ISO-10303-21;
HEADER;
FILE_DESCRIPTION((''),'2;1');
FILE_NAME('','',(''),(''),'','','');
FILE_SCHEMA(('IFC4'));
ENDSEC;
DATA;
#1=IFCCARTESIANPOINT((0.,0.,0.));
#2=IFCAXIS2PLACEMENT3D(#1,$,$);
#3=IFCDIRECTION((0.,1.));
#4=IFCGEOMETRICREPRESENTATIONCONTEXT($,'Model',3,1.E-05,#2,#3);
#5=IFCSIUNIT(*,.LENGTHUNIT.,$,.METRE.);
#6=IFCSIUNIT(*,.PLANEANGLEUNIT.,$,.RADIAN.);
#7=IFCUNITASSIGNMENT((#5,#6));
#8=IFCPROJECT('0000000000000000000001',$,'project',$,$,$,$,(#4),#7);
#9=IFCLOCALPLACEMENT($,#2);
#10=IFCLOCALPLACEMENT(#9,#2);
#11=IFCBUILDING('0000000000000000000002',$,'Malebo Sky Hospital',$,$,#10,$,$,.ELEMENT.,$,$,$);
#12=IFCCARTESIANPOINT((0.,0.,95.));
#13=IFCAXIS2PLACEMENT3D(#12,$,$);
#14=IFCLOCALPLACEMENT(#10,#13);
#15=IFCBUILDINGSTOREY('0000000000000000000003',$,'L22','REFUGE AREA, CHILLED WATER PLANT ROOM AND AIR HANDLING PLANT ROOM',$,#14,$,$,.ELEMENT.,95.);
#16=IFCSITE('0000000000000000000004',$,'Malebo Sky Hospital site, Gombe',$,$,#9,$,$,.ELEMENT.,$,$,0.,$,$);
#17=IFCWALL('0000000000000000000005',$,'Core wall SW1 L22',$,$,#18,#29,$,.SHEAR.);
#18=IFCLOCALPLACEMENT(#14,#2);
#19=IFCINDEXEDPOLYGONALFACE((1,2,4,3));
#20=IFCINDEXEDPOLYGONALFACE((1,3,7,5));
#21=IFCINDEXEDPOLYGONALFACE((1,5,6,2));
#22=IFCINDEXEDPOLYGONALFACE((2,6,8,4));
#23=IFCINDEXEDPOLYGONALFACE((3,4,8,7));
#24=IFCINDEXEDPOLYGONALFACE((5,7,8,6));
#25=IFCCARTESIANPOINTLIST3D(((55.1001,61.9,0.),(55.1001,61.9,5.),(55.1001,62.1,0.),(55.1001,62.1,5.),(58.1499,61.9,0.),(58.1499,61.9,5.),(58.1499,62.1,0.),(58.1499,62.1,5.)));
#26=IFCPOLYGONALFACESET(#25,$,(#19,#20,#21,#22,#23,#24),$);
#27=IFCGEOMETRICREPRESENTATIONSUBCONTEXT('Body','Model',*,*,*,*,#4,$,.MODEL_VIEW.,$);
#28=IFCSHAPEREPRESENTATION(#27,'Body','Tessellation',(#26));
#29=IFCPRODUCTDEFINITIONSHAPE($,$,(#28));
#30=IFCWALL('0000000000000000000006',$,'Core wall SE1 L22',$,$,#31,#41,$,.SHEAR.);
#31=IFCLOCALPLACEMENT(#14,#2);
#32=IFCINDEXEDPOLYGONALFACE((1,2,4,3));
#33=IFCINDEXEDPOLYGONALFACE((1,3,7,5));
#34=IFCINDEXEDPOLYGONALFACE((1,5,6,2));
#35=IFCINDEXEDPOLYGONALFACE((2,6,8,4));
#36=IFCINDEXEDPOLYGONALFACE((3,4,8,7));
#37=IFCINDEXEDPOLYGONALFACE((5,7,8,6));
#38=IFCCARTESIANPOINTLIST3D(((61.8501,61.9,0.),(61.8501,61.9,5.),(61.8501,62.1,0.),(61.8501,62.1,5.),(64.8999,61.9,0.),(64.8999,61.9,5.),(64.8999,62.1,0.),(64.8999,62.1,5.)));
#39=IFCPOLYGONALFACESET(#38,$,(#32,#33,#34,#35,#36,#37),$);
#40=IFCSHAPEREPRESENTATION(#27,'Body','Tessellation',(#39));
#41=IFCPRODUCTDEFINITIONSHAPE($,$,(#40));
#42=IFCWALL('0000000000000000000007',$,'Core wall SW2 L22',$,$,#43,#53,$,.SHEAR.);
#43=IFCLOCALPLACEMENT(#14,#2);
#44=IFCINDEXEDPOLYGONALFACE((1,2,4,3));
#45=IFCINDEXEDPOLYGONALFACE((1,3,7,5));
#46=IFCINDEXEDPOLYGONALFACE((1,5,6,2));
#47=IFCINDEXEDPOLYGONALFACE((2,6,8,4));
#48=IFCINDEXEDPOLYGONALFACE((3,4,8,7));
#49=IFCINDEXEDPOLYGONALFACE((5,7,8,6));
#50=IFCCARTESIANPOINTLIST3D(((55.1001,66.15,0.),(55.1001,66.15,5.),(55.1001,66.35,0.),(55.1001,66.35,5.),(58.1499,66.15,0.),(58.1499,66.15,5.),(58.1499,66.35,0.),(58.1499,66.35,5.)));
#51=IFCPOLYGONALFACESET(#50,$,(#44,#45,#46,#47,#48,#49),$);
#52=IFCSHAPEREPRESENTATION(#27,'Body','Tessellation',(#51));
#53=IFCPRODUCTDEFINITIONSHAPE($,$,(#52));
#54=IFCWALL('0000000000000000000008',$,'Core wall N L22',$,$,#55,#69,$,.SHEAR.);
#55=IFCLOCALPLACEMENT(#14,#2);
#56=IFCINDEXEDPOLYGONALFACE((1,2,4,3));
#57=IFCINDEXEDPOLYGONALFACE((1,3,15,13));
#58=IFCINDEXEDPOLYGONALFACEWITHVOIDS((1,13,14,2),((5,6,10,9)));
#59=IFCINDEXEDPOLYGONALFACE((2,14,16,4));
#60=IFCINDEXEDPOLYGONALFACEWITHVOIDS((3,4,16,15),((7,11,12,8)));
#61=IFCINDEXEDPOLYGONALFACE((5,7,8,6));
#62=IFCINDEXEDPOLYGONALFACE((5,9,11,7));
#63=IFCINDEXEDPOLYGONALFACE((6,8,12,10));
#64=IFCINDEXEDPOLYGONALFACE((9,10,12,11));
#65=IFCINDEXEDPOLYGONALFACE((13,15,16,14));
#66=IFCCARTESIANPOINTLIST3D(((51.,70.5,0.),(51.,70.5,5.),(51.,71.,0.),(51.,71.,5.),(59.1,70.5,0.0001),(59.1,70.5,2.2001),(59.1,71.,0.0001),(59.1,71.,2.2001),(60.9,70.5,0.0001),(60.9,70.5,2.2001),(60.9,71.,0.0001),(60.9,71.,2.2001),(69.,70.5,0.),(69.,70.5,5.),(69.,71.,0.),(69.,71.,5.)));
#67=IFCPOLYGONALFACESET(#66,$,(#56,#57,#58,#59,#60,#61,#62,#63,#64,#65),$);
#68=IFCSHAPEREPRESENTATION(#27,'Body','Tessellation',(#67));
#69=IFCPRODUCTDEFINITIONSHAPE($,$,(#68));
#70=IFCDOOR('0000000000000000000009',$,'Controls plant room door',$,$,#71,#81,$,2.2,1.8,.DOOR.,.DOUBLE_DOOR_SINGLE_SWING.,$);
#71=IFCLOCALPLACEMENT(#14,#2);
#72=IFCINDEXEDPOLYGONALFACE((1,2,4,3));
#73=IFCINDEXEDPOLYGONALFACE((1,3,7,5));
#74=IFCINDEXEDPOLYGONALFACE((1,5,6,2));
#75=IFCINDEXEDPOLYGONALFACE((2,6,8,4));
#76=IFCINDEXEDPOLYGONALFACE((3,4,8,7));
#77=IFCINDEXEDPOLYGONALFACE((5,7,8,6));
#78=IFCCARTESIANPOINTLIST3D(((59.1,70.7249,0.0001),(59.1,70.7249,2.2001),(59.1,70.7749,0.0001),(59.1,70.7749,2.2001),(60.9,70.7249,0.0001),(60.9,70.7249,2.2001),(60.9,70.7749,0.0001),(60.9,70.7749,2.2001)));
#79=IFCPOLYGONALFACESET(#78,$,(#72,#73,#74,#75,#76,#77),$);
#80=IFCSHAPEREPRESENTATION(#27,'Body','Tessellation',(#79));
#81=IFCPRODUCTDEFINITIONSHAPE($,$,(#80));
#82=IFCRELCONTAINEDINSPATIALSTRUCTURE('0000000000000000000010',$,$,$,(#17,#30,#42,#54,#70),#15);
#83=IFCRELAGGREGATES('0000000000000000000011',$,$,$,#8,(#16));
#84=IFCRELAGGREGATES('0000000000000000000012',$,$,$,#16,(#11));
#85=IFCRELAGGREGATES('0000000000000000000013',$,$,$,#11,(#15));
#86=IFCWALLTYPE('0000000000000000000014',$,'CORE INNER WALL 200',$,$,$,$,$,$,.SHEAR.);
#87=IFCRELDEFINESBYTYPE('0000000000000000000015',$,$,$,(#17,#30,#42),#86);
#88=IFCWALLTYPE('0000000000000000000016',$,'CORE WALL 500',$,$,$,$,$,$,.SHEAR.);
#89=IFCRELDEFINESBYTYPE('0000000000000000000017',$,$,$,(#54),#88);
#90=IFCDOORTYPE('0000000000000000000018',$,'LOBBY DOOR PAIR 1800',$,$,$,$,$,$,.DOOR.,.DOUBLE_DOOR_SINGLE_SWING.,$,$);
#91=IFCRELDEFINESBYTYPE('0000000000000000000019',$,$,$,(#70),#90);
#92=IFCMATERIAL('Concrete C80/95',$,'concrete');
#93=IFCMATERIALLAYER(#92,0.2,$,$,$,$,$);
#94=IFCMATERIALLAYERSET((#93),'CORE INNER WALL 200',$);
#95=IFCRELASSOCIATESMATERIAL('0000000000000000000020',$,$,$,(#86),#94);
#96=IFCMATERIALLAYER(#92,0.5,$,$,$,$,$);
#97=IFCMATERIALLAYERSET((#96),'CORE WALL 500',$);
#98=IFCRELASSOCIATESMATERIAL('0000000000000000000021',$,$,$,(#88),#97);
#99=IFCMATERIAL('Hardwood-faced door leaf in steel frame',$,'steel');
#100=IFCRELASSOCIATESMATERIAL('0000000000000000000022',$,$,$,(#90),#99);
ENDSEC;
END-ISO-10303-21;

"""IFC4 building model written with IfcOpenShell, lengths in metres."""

from ifc_helpers import new_model, si_unit, direction, frame, frame_2d, origin, place, context, subcontext, project, spatial, rectangle, extrude, material, layer, layer_set, type_object, element, fill, save


model = new_model("IFC4")

# Units and contexts
model_context = context("Model", 3, precision=1e-05, world=origin(), true_north=direction((0.0, 1.0)))
body_context = subcontext(model_context, "Body", "Model", "MODEL_VIEW")
ifc_project = project(units=[si_unit("LENGTHUNIT", "METRE"), si_unit("PLANEANGLEUNIT", "RADIAN")], contexts=[model_context])

# Site, building, storey
site_placement = place(None, origin())
site = spatial("IfcSite", under=ifc_project, at=site_placement, Name="Malebo Sky Hospital site, Gombe", CompositionType="ELEMENT", RefElevation=0.0)
building_placement = place(site_placement, origin())
building = spatial("IfcBuilding", under=site, at=building_placement, Name="Malebo Sky Hospital", CompositionType="ELEMENT")
storey_placement = place(building_placement, frame((0.0, 0.0, 95.0)))
storey = spatial("IfcBuildingStorey", under=building, at=storey_placement, Name="L22", Description="REFUGE AREA, CHILLED WATER PLANT ROOM AND AIR HANDLING PLANT ROOM", CompositionType="ELEMENT", Elevation=95.0)

# Walls
ifc_material_1 = material(Name="Concrete C80/95", Category="concrete")
ifc_layer_1 = layer(ifc_material_1, 0.2)
ifc_layer_set_1 = layer_set([ifc_layer_1], Name="CORE INNER WALL 200")
wall_type_1 = type_object("IfcWallType", Name="CORE INNER WALL 200", PredefinedType="SHEAR", material=ifc_layer_set_1)
for number, where, z_axis, x_axis, name in (
    (1, (55.1001, 62.0, 0.0), (0.0, 0.0, 1.0), (1.0, 0.0, 0.0), "Core wall SW1 L22"),
    (2, (61.8501, 62.0, 0.0), (0.0, 0.0, 1.0), (1.0, 0.0, 0.0), "Core wall SE1 L22"),
    (3, (55.1001, 66.25, 0.0), (0.0, 0.0, 1.0), (1.0, 0.0, 0.0), "Core wall SW2 L22"),
):
    element("IfcWall", number, at=place(storey_placement, frame(where, z_axis=z_axis, x_axis=x_axis)), inside=storey, type_object=wall_type_1, Name=name, PredefinedType="SHEAR", context=body_context, shape_type="SweptSolid", body=[
        extrude(rectangle(XDim=3.0498, YDim=0.2, at=frame_2d((1.5249, 0.0))), origin(), (0.0, 0.0, 1.0), 5.0),
    ])

# Wall, opening, door
ifc_layer_2 = layer(ifc_material_1, 0.5)
ifc_layer_set_2 = layer_set([ifc_layer_2], Name="CORE WALL 500")
wall_type_2 = type_object("IfcWallType", Name="CORE WALL 500", PredefinedType="SHEAR", material=ifc_layer_set_2)
wall_placement = place(storey_placement, frame((51.0, 70.75, 0.0), z_axis=(0.0, 0.0, 1.0), x_axis=(1.0, 0.0, 0.0)))
wall = element("IfcWall", 4, at=wall_placement, inside=storey, type_object=wall_type_2, Name="Core wall N L22", PredefinedType="SHEAR", context=body_context, shape_type="SweptSolid", body=[
    extrude(rectangle(XDim=18.0, YDim=0.5, at=frame_2d((9.0, 0.0))), origin(), (0.0, 0.0, 1.0), 5.0),
])
opening_placement = place(wall_placement, frame((8.1001, 0.0, 0.0)))
opening = element("IfcOpeningElement", 5, at=opening_placement, cuts=wall, PredefinedType="OPENING", context=body_context, shape_type="SweptSolid", body=[
    extrude(rectangle(XDim=1.8, YDim=2.2, at=frame_2d((0.8999, 1.1001))), frame((0.0, 0.26, 0.0), z_axis=(0.0, -1.0, 0.0), x_axis=(1.0, 0.0, 0.0)), (0.0, 0.0, 1.0), 0.52),
])
ifc_material_2 = material(Name="Hardwood-faced door leaf in steel frame", Category="steel")
door_type = type_object("IfcDoorType", Name="LOBBY DOOR PAIR 1800", OperationType="DOUBLE_DOOR_SINGLE_SWING", PredefinedType="DOOR", material=ifc_material_2)
door_placement = place(opening_placement, origin())
door = element("IfcDoor", 6, at=door_placement, inside=storey, type_object=door_type, Name="Controls plant room door", OperationType="DOUBLE_DOOR_SINGLE_SWING", OverallHeight=2.2, OverallWidth=1.8, PredefinedType="DOOR", context=body_context, shape_type="SweptSolid", body=[
    extrude(rectangle(XDim=1.8, YDim=2.2, at=frame_2d((0.8999, 1.1001))), frame((0.0, 0.0249, 0.0), z_axis=(0.0, -1.0, 0.0), x_axis=(1.0, 0.0, 0.0)), (0.0, 0.0, 1.0), 0.05),
])
fill(opening, door)

save(model, "model.ifc")
